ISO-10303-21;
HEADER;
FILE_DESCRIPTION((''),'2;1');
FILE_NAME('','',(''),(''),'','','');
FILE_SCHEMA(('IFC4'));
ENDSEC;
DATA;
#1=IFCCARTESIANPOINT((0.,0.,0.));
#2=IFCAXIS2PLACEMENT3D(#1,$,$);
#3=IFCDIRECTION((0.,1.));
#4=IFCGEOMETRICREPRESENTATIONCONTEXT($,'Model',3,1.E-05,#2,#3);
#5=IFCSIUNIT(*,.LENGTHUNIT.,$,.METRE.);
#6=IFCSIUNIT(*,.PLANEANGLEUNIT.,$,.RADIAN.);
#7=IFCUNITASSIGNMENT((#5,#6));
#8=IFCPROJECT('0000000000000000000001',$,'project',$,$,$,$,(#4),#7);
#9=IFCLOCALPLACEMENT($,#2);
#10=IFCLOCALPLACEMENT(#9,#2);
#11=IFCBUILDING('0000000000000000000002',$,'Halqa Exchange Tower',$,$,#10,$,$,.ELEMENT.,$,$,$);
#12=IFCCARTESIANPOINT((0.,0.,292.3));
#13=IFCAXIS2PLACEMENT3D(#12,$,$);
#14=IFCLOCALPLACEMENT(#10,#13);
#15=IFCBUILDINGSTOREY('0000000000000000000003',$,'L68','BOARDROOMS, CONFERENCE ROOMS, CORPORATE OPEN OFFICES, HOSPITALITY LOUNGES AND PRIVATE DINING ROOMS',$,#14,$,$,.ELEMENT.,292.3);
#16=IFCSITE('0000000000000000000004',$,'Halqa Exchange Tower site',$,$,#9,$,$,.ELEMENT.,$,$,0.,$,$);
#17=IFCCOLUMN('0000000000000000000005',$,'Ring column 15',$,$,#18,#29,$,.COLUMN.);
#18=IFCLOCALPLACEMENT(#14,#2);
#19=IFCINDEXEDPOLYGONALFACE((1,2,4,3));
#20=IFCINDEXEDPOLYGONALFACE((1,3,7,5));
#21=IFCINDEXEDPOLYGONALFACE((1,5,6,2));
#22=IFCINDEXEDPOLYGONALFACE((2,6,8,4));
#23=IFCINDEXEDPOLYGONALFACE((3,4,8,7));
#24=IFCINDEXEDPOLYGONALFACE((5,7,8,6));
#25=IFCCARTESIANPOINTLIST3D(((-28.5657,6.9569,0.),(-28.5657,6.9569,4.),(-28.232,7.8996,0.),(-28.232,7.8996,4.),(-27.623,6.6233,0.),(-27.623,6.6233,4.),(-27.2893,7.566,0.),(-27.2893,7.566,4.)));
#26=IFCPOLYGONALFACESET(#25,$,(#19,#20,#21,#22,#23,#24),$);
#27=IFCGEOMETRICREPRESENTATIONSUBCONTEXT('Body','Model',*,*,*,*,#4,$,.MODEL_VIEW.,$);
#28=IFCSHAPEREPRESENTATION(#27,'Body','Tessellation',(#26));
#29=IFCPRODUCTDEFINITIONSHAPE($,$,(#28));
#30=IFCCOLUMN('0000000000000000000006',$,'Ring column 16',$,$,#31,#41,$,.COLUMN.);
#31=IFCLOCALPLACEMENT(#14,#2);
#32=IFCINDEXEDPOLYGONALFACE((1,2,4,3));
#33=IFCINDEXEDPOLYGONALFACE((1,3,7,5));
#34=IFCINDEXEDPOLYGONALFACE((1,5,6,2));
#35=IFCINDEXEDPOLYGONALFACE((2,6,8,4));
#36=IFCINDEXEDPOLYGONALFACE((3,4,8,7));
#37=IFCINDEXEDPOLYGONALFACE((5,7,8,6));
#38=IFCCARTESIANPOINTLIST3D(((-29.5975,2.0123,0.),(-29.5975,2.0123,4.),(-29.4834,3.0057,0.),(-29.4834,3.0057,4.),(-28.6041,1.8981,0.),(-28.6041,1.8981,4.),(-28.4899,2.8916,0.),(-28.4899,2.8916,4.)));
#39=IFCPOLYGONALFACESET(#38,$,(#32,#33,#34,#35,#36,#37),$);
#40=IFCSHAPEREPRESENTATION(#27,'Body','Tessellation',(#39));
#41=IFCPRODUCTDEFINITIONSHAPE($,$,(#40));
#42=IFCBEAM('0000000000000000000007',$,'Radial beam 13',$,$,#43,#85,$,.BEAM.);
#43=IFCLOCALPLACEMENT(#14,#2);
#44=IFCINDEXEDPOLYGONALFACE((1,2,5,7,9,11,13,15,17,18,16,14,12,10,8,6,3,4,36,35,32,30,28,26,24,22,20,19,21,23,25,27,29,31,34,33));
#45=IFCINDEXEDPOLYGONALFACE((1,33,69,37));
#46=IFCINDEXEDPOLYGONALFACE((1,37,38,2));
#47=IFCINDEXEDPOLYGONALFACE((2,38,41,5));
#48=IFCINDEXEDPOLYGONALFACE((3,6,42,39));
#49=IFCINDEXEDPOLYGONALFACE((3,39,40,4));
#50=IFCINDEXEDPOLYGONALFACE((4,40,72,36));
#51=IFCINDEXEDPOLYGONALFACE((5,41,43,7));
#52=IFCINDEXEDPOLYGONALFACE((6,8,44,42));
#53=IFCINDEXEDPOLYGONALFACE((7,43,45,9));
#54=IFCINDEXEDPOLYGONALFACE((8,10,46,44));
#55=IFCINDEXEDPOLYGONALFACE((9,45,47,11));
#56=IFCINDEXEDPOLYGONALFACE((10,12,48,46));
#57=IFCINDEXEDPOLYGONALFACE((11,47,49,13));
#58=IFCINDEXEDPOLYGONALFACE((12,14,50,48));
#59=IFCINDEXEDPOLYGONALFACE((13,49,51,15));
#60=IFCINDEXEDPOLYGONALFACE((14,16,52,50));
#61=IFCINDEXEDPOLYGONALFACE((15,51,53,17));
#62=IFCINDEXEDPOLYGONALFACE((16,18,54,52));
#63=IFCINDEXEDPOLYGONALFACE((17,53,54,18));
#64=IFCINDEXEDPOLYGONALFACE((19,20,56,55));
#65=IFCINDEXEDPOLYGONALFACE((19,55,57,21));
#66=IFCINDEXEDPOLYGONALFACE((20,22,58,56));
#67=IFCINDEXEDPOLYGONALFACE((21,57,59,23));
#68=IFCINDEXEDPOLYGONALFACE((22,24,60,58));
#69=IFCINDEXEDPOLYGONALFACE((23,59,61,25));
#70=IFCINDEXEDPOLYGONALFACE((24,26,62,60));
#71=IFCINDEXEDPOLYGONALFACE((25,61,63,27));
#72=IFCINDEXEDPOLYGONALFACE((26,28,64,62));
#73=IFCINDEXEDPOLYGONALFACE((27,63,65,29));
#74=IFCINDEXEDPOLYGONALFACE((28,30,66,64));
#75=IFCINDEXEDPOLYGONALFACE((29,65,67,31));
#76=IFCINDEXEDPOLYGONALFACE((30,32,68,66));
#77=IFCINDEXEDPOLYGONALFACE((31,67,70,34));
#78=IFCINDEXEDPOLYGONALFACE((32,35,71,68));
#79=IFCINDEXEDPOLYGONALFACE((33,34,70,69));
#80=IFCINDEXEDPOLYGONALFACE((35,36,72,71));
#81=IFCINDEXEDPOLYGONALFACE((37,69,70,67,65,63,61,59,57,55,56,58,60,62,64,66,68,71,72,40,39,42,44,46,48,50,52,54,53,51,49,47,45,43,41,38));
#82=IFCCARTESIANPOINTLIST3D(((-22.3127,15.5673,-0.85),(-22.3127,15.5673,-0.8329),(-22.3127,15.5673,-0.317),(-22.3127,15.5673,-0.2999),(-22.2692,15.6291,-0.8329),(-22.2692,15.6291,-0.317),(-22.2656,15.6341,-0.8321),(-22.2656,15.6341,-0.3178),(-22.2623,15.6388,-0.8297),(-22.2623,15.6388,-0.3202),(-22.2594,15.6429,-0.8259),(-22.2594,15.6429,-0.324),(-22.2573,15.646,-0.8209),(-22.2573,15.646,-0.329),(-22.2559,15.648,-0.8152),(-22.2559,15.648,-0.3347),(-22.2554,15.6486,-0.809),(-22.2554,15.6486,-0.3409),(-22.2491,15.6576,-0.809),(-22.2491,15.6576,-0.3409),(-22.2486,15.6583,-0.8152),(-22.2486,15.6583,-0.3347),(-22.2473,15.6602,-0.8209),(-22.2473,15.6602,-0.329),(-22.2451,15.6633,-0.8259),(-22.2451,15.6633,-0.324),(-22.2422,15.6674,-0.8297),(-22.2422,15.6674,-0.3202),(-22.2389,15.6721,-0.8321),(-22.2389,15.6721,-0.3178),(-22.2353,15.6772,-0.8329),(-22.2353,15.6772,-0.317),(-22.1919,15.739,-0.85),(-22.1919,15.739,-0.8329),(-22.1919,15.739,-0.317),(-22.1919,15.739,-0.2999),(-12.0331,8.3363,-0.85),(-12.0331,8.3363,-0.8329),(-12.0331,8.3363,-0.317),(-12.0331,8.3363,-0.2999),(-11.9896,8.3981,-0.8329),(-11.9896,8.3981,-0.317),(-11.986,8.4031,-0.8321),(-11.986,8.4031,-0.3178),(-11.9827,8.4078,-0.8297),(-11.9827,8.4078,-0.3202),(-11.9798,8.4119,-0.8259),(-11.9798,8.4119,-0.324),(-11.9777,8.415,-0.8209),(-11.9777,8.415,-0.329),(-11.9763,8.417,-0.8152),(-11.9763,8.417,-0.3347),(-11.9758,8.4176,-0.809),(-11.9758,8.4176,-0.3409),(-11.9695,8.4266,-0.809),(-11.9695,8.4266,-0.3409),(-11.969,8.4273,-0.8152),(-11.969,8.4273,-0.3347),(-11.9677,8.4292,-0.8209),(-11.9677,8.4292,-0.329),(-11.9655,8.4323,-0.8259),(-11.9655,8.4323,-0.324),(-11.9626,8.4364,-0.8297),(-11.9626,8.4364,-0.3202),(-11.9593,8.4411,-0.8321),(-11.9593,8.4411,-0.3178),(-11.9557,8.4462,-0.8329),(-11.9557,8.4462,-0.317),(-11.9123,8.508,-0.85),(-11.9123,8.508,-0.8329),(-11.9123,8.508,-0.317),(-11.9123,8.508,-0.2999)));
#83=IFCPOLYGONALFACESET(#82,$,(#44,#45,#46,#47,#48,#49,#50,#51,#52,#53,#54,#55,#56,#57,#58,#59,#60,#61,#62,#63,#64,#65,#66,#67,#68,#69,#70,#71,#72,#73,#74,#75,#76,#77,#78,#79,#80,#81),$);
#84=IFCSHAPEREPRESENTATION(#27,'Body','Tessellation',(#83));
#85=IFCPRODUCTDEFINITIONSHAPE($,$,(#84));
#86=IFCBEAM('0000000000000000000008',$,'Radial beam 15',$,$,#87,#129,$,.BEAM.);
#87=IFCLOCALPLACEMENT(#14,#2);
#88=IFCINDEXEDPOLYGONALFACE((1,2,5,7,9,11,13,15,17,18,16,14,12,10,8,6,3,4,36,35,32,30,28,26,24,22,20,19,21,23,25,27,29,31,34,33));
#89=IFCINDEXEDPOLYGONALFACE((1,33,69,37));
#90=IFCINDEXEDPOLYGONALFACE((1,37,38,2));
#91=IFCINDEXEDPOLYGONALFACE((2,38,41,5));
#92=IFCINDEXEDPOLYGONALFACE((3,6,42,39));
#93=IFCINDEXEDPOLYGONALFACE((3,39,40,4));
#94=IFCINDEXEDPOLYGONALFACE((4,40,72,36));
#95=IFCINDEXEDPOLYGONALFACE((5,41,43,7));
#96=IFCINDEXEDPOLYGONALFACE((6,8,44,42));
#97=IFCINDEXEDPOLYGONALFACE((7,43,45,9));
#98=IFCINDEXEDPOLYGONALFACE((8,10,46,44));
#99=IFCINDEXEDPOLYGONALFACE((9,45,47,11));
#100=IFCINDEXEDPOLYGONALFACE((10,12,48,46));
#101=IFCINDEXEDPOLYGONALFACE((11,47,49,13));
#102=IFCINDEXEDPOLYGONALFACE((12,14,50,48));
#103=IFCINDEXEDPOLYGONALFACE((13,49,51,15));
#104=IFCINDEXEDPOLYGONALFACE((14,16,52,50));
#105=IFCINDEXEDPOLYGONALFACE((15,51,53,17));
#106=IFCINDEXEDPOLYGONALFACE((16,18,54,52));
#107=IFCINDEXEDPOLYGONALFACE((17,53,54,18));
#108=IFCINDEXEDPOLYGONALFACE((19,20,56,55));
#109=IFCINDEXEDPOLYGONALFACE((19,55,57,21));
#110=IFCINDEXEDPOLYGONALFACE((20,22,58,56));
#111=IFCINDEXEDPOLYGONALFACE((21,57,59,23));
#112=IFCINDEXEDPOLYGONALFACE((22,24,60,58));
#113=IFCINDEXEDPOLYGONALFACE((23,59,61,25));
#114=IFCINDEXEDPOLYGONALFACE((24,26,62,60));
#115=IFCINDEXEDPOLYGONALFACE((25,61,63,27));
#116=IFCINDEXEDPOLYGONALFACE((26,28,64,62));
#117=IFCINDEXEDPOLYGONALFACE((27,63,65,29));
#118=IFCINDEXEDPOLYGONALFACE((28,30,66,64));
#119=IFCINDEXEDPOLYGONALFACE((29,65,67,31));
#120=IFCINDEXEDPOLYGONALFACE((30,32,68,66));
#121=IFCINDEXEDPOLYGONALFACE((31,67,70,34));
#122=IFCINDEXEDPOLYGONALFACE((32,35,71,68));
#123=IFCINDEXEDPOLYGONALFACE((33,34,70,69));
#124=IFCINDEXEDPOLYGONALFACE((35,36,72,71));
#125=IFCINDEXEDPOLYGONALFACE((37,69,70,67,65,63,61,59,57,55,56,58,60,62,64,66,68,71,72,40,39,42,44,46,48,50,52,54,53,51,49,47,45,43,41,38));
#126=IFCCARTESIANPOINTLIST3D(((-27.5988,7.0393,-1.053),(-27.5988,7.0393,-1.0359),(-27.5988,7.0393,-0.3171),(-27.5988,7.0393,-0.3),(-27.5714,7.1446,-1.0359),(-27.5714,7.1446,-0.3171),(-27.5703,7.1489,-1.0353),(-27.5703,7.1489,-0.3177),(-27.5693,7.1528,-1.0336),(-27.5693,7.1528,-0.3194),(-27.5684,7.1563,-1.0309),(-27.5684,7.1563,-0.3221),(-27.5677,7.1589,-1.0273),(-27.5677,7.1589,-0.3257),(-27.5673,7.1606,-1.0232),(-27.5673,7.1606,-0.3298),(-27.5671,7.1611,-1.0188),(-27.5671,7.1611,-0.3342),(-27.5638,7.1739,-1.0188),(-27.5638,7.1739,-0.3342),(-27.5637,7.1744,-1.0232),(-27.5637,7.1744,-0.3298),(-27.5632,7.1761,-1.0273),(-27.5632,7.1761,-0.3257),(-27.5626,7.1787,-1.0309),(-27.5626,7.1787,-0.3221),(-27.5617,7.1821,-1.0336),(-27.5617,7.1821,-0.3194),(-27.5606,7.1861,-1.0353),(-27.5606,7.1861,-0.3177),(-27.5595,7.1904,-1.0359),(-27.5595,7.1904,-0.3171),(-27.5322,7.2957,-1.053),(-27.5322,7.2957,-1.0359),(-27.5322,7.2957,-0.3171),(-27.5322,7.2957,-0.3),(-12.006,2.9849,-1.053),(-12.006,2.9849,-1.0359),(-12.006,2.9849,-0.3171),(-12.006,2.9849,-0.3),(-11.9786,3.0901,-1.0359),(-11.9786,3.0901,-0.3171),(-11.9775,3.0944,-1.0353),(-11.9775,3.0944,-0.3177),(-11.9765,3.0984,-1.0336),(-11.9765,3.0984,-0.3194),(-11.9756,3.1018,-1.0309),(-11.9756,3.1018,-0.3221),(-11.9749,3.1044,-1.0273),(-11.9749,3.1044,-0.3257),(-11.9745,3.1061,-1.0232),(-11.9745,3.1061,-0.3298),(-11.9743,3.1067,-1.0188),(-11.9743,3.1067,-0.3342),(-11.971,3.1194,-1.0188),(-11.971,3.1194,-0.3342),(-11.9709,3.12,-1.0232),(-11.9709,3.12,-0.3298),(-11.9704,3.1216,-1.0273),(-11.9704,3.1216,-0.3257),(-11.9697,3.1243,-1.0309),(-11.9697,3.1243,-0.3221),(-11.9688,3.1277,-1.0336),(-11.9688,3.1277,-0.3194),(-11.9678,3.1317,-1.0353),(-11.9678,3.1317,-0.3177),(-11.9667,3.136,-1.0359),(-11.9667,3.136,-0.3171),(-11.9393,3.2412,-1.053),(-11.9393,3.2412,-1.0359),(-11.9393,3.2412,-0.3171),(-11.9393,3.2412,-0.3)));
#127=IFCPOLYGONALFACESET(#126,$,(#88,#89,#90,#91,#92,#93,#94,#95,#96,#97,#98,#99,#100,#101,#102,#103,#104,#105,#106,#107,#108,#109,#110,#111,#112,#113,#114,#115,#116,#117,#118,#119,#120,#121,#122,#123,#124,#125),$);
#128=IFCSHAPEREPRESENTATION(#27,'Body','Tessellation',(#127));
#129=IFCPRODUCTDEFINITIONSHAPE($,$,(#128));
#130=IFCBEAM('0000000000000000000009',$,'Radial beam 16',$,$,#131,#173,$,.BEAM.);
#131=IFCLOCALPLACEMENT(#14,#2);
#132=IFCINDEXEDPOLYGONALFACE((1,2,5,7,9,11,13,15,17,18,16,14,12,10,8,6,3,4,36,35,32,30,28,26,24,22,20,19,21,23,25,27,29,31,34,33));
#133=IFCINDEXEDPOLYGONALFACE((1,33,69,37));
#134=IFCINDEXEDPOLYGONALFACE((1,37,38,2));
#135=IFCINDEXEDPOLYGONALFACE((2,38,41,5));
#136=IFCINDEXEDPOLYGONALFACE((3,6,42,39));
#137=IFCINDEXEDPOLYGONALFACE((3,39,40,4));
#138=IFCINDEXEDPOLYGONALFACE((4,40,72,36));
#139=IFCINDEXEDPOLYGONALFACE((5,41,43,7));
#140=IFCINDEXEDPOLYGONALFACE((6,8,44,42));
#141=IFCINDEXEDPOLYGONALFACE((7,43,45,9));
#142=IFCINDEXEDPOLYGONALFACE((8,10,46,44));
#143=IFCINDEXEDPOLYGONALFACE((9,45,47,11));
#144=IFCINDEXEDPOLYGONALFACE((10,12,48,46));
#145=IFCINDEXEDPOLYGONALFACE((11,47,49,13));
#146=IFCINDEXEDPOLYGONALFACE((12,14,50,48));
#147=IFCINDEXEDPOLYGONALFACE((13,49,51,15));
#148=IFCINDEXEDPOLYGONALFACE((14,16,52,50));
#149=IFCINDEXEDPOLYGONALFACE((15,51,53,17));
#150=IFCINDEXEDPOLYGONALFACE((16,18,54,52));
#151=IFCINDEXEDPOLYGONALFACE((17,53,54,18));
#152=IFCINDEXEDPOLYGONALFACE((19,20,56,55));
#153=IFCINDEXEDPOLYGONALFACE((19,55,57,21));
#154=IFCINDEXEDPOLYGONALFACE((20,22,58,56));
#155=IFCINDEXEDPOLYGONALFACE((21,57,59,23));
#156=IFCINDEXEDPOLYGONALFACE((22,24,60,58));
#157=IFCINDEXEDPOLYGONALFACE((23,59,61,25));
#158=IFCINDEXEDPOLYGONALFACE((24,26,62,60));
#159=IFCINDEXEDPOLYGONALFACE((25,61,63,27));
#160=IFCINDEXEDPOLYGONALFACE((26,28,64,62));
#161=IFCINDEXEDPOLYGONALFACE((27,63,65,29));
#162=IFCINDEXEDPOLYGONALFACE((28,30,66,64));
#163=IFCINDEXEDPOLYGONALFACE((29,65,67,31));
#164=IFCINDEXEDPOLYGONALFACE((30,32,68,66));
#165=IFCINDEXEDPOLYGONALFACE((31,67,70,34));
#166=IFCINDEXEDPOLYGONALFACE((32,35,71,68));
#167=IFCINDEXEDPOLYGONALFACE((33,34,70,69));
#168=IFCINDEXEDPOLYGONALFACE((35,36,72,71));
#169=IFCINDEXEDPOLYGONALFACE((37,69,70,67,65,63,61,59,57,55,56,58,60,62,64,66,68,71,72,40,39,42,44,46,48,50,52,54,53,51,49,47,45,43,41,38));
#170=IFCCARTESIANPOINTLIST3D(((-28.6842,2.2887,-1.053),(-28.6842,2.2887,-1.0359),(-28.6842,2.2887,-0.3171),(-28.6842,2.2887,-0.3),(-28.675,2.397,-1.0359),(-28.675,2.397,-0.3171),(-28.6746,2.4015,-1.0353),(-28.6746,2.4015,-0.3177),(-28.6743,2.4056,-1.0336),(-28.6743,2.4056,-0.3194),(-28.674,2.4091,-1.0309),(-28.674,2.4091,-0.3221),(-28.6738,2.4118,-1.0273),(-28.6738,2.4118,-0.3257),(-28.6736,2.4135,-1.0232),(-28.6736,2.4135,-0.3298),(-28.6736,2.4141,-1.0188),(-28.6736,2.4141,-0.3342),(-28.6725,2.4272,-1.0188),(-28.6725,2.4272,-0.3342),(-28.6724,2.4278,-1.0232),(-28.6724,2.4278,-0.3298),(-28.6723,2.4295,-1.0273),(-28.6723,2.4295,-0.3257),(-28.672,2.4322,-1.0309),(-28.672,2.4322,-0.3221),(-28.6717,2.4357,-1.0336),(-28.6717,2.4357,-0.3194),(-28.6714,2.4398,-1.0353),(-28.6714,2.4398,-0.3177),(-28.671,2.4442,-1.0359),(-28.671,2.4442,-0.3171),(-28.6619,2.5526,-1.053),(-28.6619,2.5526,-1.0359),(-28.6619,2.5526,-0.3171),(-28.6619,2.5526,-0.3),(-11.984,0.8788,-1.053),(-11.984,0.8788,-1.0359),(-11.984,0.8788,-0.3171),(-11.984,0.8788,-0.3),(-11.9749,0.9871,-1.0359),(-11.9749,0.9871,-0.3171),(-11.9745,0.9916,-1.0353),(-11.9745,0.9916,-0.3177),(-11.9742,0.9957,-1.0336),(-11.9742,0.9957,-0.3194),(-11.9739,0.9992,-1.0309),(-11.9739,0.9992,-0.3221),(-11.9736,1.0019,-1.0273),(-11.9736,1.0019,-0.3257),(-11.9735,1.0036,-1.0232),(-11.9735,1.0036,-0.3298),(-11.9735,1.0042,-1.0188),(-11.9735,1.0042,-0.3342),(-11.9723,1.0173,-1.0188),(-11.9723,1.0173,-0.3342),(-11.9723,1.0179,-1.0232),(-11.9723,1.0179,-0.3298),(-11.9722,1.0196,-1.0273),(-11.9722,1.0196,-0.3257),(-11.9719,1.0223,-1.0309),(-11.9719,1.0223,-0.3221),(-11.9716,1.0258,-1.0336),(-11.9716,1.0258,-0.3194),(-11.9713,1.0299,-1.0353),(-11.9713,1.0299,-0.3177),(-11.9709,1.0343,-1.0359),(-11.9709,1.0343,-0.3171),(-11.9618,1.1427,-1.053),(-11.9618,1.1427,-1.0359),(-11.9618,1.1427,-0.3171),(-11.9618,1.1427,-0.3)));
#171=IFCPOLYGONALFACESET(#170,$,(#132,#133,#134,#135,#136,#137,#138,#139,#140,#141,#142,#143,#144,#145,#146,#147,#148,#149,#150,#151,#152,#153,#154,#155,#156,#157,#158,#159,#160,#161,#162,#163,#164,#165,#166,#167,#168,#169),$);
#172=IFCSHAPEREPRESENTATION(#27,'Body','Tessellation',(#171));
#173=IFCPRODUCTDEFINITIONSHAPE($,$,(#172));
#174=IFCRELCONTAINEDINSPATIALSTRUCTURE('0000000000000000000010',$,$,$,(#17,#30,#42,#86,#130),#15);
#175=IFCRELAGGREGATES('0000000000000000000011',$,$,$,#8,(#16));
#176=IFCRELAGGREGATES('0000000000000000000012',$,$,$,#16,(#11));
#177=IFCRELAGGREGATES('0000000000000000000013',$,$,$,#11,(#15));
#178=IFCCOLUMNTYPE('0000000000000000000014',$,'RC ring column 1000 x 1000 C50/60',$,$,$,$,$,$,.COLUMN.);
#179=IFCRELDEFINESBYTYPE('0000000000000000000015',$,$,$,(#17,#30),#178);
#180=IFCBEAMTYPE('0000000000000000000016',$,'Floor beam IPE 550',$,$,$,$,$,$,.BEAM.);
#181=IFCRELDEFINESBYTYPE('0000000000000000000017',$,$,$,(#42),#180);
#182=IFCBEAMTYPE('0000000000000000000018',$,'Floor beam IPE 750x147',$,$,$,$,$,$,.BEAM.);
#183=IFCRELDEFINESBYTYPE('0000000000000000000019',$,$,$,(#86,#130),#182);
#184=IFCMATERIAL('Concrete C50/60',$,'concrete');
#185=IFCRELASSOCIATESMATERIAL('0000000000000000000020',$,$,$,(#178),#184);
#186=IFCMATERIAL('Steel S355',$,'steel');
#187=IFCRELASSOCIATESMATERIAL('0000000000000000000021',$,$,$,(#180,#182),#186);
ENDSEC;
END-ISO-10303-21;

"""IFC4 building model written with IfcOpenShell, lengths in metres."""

from ifc_helpers import new_model, si_unit, direction, frame, origin, origin_2d, place, context, subcontext, project, spatial, rectangle, i_section, extrude, material, material_profile, profile_set, type_object, element, save


model = new_model("IFC4")

# Units and contexts
model_context = context("Model", 3, precision=1e-05, world=origin(), true_north=direction((0.0, 1.0)))
body_context = subcontext(model_context, "Body", "Model", "MODEL_VIEW")
ifc_project = project(units=[si_unit("LENGTHUNIT", "METRE"), si_unit("PLANEANGLEUNIT", "RADIAN")], contexts=[model_context])

# Site, building, storey
site_placement = place(None, origin())
site = spatial("IfcSite", under=ifc_project, at=site_placement, Name="Halqa Exchange Tower site", CompositionType="ELEMENT", RefElevation=0.0)
building_placement = place(site_placement, origin())
building = spatial("IfcBuilding", under=site, at=building_placement, Name="Halqa Exchange Tower", CompositionType="ELEMENT")
storey_placement = place(building_placement, frame((0.0, 0.0, 292.3)))
storey = spatial("IfcBuildingStorey", under=building, at=storey_placement, Name="L68", Description="BOARDROOMS, CONFERENCE ROOMS, CORPORATE OPEN OFFICES, HOSPITALITY LOUNGES AND PRIVATE DINING ROOMS", CompositionType="ELEMENT", Elevation=292.3)

# Columns
ifc_material_1 = material(Name="Concrete C50/60", Category="concrete")
ifc_material_profile_1 = material_profile(ifc_material_1, rectangle(XDim=1.0, YDim=1.0, at=origin_2d()), Name="1000 x 1000")
ifc_profile_set_1 = profile_set([ifc_material_profile_1], Name="Concrete C50/60")
column_type = type_object("IfcColumnType", Name="RC ring column 1000 x 1000 C50/60", PredefinedType="COLUMN", material=ifc_profile_set_1)
for number, where, z_axis, x_axis, name in (
    (1, (-27.9275, 7.2615, 0.0), (0.0, 0.0, 1.0), (-0.333628, -0.942705, 0.0), "Ring column 15"),
    (2, (-29.0437, 2.4519, 0.0), (0.0, 0.0, 1.0), (-0.114162, -0.993462, 0.0), "Ring column 16"),
):
    element("IfcColumn", number, at=place(storey_placement, frame(where, z_axis=z_axis, x_axis=x_axis)), inside=storey, type_object=column_type, Name=name, PredefinedType="COLUMN", context=body_context, shape_type="SweptSolid", body=[
        extrude(rectangle(XDim=1.0, YDim=1.0, at=origin_2d()), origin(), (0.0, 0.0, 1.0), 4.0),
    ])

# Beams
ifc_material_2 = material(Name="Steel S355", Category="steel")
ifc_material_profile_2 = material_profile(ifc_material_2, i_section(OverallWidth=0.21, OverallDepth=0.55, WebThickness=0.011, FlangeThickness=0.0171, FilletRadius=0.0239, at=origin_2d()), Name="IPE 550")
ifc_profile_set_2 = profile_set([ifc_material_profile_2], Name="Steel S355")
beam_type_1 = type_object("IfcBeamType", Name="Floor beam IPE 550", PredefinedType="BEAM", material=ifc_profile_set_2)
beam_1_placement = place(storey_placement, frame((-11.9727, 8.4221, -0.575), z_axis=(-0.817911, 0.575345, 0.0), x_axis=(-0.575345, -0.817911, 0.0)))
element("IfcBeam", 3, at=beam_1_placement, inside=storey, type_object=beam_type_1, Name="Radial beam 13", PredefinedType="BEAM", context=body_context, shape_type="SweptSolid", body=[
    extrude(i_section(OverallWidth=0.21, OverallDepth=0.55, WebThickness=0.011, FlangeThickness=0.0171, FilletRadius=0.0239, at=origin_2d()), origin(), (0.0, 0.0, 1.0), 12.5681),
])
ifc_material_profile_3 = material_profile(ifc_material_2, i_section(OverallWidth=0.2649, OverallDepth=0.7529, WebThickness=0.0132, FlangeThickness=0.0171, FilletRadius=0.0171, at=origin_2d()), Name="IPE 750x147")
ifc_profile_set_3 = profile_set([ifc_material_profile_3], Name="Steel S355")
beam_type_2 = type_object("IfcBeamType", Name="Floor beam IPE 750x147", PredefinedType="BEAM", material=ifc_profile_set_3)
beam_2_placement = place(storey_placement, frame((-11.9727, 3.113, -0.6765), z_axis=(-0.967818, 0.251653, 0.0), x_axis=(-0.251653, -0.967818, 0.0)))
element("IfcBeam", 4, at=beam_2_placement, inside=storey, type_object=beam_type_2, Name="Radial beam 15", PredefinedType="BEAM", context=body_context, shape_type="SweptSolid", body=[
    extrude(i_section(OverallWidth=0.2649, OverallDepth=0.7529, WebThickness=0.0132, FlangeThickness=0.0171, FilletRadius=0.0171, at=origin_2d()), origin(), (0.0, 0.0, 1.0), 16.1113),
])
for number, where, z_axis, x_axis, name in (
    (5, (-11.9729, 1.0107, -0.6765), (-0.996455, 0.084126, 0.0), (-0.084126, -0.996455, 0.0), "Radial beam 16"),
):
    element("IfcBeam", number, at=place(storey_placement, frame(where, z_axis=z_axis, x_axis=x_axis)), inside=storey, type_object=beam_type_2, Name=name, PredefinedType="BEAM", context=body_context, shape_type="SweptSolid", body=[
        extrude(i_section(OverallWidth=0.2649, OverallDepth=0.7529, WebThickness=0.0132, FlangeThickness=0.0171, FilletRadius=0.0171, at=origin_2d()), origin(), (0.0, 0.0, 1.0), 16.7595),
    ])

save(model, "model.ifc")
